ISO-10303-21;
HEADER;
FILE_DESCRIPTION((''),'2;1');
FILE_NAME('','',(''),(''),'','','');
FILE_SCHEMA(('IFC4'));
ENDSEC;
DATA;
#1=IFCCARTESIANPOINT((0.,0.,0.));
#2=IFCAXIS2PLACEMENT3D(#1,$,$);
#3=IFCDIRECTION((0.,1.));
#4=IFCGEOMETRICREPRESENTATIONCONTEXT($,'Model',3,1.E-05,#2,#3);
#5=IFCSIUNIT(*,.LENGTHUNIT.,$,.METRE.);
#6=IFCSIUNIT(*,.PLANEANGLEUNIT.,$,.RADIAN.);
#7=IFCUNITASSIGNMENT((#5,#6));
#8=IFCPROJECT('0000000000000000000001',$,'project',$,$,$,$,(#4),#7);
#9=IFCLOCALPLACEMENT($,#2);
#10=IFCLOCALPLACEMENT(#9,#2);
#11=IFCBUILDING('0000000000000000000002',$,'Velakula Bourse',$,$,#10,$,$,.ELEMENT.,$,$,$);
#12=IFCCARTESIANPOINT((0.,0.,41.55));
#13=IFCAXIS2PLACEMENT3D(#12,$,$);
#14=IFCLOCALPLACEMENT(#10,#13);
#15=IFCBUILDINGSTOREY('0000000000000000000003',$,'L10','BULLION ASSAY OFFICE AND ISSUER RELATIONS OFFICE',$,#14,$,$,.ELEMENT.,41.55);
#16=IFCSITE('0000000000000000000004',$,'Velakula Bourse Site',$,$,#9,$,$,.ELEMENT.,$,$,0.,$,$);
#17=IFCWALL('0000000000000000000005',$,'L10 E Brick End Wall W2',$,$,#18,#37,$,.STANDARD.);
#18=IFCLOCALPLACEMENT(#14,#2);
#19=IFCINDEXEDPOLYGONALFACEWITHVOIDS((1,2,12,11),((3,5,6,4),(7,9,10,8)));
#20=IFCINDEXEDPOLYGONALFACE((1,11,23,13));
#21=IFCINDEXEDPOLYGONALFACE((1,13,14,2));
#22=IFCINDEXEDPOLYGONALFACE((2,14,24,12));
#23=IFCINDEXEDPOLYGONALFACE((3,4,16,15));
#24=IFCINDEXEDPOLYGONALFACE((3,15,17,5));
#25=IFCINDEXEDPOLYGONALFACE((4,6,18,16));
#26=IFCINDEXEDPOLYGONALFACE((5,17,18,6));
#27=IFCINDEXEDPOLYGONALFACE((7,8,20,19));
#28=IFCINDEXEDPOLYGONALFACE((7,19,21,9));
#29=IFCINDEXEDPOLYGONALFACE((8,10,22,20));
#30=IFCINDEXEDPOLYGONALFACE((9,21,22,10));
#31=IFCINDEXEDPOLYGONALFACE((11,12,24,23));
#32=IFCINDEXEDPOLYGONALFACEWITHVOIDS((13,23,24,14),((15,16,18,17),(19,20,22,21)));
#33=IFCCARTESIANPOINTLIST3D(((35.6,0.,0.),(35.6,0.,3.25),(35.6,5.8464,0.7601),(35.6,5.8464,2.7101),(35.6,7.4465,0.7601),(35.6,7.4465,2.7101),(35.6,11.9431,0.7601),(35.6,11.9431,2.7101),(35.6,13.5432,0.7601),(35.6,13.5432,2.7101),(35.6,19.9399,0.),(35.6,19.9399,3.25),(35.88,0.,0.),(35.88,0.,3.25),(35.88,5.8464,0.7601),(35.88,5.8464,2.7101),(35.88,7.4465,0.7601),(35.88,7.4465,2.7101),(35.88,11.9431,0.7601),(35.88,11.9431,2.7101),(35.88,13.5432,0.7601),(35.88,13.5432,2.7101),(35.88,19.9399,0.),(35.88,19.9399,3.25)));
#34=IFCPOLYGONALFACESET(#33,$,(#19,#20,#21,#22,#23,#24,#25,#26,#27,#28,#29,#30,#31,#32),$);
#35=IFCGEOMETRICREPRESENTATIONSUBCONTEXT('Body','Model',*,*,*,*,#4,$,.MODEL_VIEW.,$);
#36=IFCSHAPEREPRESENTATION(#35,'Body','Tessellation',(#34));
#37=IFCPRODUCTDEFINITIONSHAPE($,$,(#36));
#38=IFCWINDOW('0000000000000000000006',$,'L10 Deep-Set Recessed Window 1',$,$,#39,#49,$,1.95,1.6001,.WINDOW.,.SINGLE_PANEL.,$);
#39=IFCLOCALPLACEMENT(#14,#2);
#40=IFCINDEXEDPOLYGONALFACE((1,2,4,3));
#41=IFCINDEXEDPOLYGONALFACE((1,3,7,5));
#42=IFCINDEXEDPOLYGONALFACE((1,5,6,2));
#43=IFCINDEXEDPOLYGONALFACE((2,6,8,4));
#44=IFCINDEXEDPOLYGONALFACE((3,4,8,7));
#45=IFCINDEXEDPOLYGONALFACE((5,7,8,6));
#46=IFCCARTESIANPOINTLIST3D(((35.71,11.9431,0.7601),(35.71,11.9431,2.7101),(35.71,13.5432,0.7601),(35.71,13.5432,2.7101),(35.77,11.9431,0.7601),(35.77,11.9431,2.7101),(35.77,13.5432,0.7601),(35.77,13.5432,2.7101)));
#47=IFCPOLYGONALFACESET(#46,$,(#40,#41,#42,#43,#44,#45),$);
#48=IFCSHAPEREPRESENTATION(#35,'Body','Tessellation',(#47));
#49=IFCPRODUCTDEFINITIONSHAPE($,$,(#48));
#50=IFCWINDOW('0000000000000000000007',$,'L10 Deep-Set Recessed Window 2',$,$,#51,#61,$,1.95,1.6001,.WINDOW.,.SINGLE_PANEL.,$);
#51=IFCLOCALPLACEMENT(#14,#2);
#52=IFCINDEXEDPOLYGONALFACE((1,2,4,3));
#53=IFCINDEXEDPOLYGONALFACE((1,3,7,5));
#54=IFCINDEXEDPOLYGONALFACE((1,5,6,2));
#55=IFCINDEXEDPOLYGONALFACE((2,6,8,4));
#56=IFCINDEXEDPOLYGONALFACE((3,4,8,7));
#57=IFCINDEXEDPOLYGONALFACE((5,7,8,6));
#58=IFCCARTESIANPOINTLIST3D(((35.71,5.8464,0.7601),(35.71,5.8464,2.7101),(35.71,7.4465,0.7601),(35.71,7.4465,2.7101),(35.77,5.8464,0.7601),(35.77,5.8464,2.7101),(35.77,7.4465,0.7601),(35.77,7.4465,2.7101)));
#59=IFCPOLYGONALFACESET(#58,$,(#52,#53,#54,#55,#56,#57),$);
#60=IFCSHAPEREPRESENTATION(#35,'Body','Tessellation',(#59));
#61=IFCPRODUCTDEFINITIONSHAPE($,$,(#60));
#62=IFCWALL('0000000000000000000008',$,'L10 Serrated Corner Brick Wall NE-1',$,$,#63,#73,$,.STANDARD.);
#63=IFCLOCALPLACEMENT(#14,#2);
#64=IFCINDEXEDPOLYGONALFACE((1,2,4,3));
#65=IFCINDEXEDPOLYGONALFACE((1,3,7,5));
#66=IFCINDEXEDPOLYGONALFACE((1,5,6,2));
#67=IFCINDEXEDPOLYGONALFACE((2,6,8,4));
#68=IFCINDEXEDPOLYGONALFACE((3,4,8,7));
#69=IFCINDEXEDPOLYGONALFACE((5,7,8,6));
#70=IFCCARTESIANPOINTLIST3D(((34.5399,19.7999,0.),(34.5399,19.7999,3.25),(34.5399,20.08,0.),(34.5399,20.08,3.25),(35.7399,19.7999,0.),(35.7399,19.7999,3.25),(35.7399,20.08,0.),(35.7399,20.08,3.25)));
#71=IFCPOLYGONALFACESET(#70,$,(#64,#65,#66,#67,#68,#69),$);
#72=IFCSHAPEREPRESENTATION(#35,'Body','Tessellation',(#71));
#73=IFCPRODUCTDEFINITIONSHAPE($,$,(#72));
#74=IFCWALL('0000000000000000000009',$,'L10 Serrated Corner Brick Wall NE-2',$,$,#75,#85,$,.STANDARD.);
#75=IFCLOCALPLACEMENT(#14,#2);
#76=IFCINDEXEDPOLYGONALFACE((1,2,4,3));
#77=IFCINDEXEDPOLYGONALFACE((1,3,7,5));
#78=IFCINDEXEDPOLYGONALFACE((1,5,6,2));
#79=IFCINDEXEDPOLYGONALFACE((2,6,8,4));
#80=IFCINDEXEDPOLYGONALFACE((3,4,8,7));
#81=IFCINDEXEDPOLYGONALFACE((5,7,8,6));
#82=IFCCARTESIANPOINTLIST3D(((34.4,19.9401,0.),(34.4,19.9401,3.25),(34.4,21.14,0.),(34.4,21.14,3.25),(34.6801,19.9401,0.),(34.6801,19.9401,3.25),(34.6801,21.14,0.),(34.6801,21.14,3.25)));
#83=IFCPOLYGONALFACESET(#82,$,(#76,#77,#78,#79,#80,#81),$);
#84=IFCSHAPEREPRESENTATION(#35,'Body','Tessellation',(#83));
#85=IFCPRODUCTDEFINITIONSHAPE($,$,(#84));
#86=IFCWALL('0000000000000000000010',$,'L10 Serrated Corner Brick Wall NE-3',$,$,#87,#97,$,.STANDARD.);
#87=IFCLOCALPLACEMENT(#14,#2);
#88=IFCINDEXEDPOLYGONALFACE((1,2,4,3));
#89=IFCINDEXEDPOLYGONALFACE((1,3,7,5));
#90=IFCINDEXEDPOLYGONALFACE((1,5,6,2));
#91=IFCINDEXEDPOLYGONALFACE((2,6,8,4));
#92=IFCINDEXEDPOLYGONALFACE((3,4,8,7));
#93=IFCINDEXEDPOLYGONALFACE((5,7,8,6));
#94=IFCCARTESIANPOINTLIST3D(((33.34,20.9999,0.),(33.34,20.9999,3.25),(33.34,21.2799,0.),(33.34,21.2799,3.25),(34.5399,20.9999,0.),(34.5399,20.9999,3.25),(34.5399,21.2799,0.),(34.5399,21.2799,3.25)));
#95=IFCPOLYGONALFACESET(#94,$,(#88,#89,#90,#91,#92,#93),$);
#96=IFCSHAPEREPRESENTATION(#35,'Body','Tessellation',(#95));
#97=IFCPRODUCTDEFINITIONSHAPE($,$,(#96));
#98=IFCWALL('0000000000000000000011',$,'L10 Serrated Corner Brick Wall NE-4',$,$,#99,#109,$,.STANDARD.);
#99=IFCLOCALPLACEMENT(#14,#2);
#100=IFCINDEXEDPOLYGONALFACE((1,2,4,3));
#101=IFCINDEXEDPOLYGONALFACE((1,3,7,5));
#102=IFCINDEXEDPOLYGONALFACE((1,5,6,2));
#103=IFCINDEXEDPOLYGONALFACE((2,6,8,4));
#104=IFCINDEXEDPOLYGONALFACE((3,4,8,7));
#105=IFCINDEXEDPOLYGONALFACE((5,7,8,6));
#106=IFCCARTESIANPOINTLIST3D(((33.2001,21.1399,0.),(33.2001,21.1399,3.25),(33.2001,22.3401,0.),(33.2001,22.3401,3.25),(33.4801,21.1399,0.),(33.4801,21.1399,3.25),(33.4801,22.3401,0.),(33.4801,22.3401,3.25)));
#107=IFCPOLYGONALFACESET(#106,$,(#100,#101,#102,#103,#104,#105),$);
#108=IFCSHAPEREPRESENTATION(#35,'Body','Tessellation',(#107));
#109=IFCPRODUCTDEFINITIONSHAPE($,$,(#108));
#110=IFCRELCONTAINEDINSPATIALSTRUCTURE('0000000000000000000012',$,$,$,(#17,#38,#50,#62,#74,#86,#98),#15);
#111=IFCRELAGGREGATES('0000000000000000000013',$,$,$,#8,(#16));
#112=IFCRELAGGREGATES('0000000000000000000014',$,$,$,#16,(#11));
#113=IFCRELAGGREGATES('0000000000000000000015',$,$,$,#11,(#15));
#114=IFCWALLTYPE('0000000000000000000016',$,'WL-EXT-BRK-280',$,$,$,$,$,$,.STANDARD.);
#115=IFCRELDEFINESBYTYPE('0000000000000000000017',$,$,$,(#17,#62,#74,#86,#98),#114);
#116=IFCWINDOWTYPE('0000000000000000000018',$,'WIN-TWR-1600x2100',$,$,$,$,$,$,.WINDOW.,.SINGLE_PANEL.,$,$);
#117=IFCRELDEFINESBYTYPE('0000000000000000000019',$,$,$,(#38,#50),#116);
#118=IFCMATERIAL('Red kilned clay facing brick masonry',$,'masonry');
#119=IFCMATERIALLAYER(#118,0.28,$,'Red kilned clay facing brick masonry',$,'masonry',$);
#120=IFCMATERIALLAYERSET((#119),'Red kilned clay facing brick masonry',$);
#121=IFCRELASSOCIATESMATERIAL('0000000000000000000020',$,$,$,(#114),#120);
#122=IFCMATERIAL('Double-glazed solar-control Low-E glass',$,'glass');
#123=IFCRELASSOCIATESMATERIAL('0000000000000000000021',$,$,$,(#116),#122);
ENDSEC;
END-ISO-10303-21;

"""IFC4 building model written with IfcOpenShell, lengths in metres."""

from ifc_helpers import new_model, si_unit, direction, frame, frame_2d, origin, place, context, subcontext, project, spatial, rectangle, extrude, material, layer, layer_set, type_object, element, fill, save


model = new_model("IFC4")

# Units and contexts
model_context = context("Model", 3, precision=1e-05, world=origin(), true_north=direction((0.0, 1.0)))
body_context = subcontext(model_context, "Body", "Model", "MODEL_VIEW")
ifc_project = project(units=[si_unit("LENGTHUNIT", "METRE"), si_unit("PLANEANGLEUNIT", "RADIAN")], contexts=[model_context])

# Site, building, storey
site_placement = place(None, origin())
site = spatial("IfcSite", under=ifc_project, at=site_placement, Name="Velakula Bourse Site", CompositionType="ELEMENT", RefElevation=0.0)
building_placement = place(site_placement, origin())
building = spatial("IfcBuilding", under=site, at=building_placement, Name="Velakula Bourse", CompositionType="ELEMENT")
storey_placement = place(building_placement, frame((0.0, 0.0, 41.55)))
storey = spatial("IfcBuildingStorey", under=building, at=storey_placement, Name="L10", Description="BULLION ASSAY OFFICE AND ISSUER RELATIONS OFFICE", CompositionType="ELEMENT", Elevation=41.55)

# Wall, openings, windows
ifc_material_1 = material(Name="Red kilned clay facing brick masonry", Category="masonry")
ifc_layer = layer(ifc_material_1, 0.28, Name="Red kilned clay facing brick masonry", Category="masonry")
ifc_layer_set = layer_set([ifc_layer], Name="Red kilned clay facing brick masonry")
wall_type = type_object("IfcWallType", Name="WL-EXT-BRK-280", PredefinedType="STANDARD", material=ifc_layer_set)
wall_1_placement = place(storey_placement, frame((35.74, 19.9399, 0.0), z_axis=(0.0, 0.0, 1.0), x_axis=(0.0, -1.0, 0.0)))
wall_1 = element("IfcWall", 1, at=wall_1_placement, inside=storey, type_object=wall_type, Name="L10 E Brick End Wall W2", PredefinedType="STANDARD", context=body_context, shape_type="SweptSolid", body=[
    extrude(rectangle(XDim=19.9399, YDim=0.28, at=frame_2d((9.97, 0.0))), origin(), (0.0, 0.0, 1.0), 3.25),
])
opening_1_placement = place(wall_1_placement, frame((6.3967, 0.0, 0.76)))
opening_1 = element("IfcOpeningElement", 2, at=opening_1_placement, cuts=wall_1, PredefinedType="OPENING", context=body_context, shape_type="SweptSolid", body=[
    extrude(rectangle(XDim=1.6001, YDim=1.95, at=frame_2d((0.8, 0.9751))), frame((0.0, 0.1499, 0.0), z_axis=(0.0, -1.0, 0.0), x_axis=(1.0, 0.0, 0.0)), (0.0, 0.0, 1.0), 0.3),
])
opening_2_placement = place(wall_1_placement, frame((12.4934, 0.0, 0.76)))
opening_2 = element("IfcOpeningElement", 3, at=opening_2_placement, cuts=wall_1, PredefinedType="OPENING", context=body_context, shape_type="SweptSolid", body=[
    extrude(rectangle(XDim=1.6001, YDim=1.95, at=frame_2d((0.8, 0.9751))), frame((0.0, 0.1499, 0.0), z_axis=(0.0, -1.0, 0.0), x_axis=(1.0, 0.0, 0.0)), (0.0, 0.0, 1.0), 0.3),
])
ifc_material_2 = material(Name="Double-glazed solar-control Low-E glass", Category="glass")
window_type = type_object("IfcWindowType", Name="WIN-TWR-1600x2100", PartitioningType="SINGLE_PANEL", PredefinedType="WINDOW", material=ifc_material_2)
window_1_placement = place(opening_1_placement, origin())
window_1 = element("IfcWindow", 4, at=window_1_placement, inside=storey, type_object=window_type, Name="L10 Deep-Set Recessed Window 1", OverallHeight=1.95, OverallWidth=1.6001, PartitioningType="SINGLE_PANEL", PredefinedType="WINDOW", context=body_context, shape_type="SweptSolid", body=[
    extrude(rectangle(XDim=1.6001, YDim=1.95, at=frame_2d((0.8, 0.9751))), frame((0.0, 0.03, 0.0), z_axis=(0.0, -1.0, 0.0), x_axis=(1.0, 0.0, 0.0)), (0.0, 0.0, 1.0), 0.0601),
])
fill(opening_1, window_1)
window_2_placement = place(opening_2_placement, origin())
window_2 = element("IfcWindow", 5, at=window_2_placement, inside=storey, type_object=window_type, Name="L10 Deep-Set Recessed Window 2", OverallHeight=1.95, OverallWidth=1.6001, PartitioningType="SINGLE_PANEL", PredefinedType="WINDOW", context=body_context, shape_type="SweptSolid", body=[
    extrude(rectangle(XDim=1.6001, YDim=1.95, at=frame_2d((0.8, 0.9751))), frame((0.0, 0.03, 0.0), z_axis=(0.0, -1.0, 0.0), x_axis=(1.0, 0.0, 0.0)), (0.0, 0.0, 1.0), 0.0601),
])
fill(opening_2, window_2)

# Walls
for number, where, z_axis, x_axis, name in (
    (6, (35.74, 19.9399, 0.0), (0.0, 0.0, 1.0), (-1.0, 0.0, 0.0), "L10 Serrated Corner Brick Wall NE-1"),
    (7, (34.54, 19.9399, 0.0), (0.0, 0.0, 1.0), (0.0, 1.0, 0.0), "L10 Serrated Corner Brick Wall NE-2"),
    (8, (34.54, 21.1399, 0.0), (0.0, 0.0, 1.0), (-1.0, 0.0, 0.0), "L10 Serrated Corner Brick Wall NE-3"),
):
    element("IfcWall", number, at=place(storey_placement, frame(where, z_axis=z_axis, x_axis=x_axis)), inside=storey, type_object=wall_type, Name=name, PredefinedType="STANDARD", context=body_context, shape_type="SweptSolid", body=[
        extrude(rectangle(XDim=1.2, YDim=0.28, at=frame_2d((0.6001, 0.0))), origin(), (0.0, 0.0, 1.0), 3.25),
    ])
wall_2_placement = place(storey_placement, frame((33.3401, 21.1399, 0.0), z_axis=(0.0, 0.0, 1.0), x_axis=(0.0, 1.0, 0.0)))
element("IfcWall", 9, at=wall_2_placement, inside=storey, type_object=wall_type, Name="L10 Serrated Corner Brick Wall NE-4", PredefinedType="STANDARD", context=body_context, shape_type="SweptSolid", body=[
    extrude(rectangle(XDim=1.2002, YDim=0.28, at=frame_2d((0.6001, 0.0))), origin(), (0.0, 0.0, 1.0), 3.25),
])

save(model, "model.ifc")
